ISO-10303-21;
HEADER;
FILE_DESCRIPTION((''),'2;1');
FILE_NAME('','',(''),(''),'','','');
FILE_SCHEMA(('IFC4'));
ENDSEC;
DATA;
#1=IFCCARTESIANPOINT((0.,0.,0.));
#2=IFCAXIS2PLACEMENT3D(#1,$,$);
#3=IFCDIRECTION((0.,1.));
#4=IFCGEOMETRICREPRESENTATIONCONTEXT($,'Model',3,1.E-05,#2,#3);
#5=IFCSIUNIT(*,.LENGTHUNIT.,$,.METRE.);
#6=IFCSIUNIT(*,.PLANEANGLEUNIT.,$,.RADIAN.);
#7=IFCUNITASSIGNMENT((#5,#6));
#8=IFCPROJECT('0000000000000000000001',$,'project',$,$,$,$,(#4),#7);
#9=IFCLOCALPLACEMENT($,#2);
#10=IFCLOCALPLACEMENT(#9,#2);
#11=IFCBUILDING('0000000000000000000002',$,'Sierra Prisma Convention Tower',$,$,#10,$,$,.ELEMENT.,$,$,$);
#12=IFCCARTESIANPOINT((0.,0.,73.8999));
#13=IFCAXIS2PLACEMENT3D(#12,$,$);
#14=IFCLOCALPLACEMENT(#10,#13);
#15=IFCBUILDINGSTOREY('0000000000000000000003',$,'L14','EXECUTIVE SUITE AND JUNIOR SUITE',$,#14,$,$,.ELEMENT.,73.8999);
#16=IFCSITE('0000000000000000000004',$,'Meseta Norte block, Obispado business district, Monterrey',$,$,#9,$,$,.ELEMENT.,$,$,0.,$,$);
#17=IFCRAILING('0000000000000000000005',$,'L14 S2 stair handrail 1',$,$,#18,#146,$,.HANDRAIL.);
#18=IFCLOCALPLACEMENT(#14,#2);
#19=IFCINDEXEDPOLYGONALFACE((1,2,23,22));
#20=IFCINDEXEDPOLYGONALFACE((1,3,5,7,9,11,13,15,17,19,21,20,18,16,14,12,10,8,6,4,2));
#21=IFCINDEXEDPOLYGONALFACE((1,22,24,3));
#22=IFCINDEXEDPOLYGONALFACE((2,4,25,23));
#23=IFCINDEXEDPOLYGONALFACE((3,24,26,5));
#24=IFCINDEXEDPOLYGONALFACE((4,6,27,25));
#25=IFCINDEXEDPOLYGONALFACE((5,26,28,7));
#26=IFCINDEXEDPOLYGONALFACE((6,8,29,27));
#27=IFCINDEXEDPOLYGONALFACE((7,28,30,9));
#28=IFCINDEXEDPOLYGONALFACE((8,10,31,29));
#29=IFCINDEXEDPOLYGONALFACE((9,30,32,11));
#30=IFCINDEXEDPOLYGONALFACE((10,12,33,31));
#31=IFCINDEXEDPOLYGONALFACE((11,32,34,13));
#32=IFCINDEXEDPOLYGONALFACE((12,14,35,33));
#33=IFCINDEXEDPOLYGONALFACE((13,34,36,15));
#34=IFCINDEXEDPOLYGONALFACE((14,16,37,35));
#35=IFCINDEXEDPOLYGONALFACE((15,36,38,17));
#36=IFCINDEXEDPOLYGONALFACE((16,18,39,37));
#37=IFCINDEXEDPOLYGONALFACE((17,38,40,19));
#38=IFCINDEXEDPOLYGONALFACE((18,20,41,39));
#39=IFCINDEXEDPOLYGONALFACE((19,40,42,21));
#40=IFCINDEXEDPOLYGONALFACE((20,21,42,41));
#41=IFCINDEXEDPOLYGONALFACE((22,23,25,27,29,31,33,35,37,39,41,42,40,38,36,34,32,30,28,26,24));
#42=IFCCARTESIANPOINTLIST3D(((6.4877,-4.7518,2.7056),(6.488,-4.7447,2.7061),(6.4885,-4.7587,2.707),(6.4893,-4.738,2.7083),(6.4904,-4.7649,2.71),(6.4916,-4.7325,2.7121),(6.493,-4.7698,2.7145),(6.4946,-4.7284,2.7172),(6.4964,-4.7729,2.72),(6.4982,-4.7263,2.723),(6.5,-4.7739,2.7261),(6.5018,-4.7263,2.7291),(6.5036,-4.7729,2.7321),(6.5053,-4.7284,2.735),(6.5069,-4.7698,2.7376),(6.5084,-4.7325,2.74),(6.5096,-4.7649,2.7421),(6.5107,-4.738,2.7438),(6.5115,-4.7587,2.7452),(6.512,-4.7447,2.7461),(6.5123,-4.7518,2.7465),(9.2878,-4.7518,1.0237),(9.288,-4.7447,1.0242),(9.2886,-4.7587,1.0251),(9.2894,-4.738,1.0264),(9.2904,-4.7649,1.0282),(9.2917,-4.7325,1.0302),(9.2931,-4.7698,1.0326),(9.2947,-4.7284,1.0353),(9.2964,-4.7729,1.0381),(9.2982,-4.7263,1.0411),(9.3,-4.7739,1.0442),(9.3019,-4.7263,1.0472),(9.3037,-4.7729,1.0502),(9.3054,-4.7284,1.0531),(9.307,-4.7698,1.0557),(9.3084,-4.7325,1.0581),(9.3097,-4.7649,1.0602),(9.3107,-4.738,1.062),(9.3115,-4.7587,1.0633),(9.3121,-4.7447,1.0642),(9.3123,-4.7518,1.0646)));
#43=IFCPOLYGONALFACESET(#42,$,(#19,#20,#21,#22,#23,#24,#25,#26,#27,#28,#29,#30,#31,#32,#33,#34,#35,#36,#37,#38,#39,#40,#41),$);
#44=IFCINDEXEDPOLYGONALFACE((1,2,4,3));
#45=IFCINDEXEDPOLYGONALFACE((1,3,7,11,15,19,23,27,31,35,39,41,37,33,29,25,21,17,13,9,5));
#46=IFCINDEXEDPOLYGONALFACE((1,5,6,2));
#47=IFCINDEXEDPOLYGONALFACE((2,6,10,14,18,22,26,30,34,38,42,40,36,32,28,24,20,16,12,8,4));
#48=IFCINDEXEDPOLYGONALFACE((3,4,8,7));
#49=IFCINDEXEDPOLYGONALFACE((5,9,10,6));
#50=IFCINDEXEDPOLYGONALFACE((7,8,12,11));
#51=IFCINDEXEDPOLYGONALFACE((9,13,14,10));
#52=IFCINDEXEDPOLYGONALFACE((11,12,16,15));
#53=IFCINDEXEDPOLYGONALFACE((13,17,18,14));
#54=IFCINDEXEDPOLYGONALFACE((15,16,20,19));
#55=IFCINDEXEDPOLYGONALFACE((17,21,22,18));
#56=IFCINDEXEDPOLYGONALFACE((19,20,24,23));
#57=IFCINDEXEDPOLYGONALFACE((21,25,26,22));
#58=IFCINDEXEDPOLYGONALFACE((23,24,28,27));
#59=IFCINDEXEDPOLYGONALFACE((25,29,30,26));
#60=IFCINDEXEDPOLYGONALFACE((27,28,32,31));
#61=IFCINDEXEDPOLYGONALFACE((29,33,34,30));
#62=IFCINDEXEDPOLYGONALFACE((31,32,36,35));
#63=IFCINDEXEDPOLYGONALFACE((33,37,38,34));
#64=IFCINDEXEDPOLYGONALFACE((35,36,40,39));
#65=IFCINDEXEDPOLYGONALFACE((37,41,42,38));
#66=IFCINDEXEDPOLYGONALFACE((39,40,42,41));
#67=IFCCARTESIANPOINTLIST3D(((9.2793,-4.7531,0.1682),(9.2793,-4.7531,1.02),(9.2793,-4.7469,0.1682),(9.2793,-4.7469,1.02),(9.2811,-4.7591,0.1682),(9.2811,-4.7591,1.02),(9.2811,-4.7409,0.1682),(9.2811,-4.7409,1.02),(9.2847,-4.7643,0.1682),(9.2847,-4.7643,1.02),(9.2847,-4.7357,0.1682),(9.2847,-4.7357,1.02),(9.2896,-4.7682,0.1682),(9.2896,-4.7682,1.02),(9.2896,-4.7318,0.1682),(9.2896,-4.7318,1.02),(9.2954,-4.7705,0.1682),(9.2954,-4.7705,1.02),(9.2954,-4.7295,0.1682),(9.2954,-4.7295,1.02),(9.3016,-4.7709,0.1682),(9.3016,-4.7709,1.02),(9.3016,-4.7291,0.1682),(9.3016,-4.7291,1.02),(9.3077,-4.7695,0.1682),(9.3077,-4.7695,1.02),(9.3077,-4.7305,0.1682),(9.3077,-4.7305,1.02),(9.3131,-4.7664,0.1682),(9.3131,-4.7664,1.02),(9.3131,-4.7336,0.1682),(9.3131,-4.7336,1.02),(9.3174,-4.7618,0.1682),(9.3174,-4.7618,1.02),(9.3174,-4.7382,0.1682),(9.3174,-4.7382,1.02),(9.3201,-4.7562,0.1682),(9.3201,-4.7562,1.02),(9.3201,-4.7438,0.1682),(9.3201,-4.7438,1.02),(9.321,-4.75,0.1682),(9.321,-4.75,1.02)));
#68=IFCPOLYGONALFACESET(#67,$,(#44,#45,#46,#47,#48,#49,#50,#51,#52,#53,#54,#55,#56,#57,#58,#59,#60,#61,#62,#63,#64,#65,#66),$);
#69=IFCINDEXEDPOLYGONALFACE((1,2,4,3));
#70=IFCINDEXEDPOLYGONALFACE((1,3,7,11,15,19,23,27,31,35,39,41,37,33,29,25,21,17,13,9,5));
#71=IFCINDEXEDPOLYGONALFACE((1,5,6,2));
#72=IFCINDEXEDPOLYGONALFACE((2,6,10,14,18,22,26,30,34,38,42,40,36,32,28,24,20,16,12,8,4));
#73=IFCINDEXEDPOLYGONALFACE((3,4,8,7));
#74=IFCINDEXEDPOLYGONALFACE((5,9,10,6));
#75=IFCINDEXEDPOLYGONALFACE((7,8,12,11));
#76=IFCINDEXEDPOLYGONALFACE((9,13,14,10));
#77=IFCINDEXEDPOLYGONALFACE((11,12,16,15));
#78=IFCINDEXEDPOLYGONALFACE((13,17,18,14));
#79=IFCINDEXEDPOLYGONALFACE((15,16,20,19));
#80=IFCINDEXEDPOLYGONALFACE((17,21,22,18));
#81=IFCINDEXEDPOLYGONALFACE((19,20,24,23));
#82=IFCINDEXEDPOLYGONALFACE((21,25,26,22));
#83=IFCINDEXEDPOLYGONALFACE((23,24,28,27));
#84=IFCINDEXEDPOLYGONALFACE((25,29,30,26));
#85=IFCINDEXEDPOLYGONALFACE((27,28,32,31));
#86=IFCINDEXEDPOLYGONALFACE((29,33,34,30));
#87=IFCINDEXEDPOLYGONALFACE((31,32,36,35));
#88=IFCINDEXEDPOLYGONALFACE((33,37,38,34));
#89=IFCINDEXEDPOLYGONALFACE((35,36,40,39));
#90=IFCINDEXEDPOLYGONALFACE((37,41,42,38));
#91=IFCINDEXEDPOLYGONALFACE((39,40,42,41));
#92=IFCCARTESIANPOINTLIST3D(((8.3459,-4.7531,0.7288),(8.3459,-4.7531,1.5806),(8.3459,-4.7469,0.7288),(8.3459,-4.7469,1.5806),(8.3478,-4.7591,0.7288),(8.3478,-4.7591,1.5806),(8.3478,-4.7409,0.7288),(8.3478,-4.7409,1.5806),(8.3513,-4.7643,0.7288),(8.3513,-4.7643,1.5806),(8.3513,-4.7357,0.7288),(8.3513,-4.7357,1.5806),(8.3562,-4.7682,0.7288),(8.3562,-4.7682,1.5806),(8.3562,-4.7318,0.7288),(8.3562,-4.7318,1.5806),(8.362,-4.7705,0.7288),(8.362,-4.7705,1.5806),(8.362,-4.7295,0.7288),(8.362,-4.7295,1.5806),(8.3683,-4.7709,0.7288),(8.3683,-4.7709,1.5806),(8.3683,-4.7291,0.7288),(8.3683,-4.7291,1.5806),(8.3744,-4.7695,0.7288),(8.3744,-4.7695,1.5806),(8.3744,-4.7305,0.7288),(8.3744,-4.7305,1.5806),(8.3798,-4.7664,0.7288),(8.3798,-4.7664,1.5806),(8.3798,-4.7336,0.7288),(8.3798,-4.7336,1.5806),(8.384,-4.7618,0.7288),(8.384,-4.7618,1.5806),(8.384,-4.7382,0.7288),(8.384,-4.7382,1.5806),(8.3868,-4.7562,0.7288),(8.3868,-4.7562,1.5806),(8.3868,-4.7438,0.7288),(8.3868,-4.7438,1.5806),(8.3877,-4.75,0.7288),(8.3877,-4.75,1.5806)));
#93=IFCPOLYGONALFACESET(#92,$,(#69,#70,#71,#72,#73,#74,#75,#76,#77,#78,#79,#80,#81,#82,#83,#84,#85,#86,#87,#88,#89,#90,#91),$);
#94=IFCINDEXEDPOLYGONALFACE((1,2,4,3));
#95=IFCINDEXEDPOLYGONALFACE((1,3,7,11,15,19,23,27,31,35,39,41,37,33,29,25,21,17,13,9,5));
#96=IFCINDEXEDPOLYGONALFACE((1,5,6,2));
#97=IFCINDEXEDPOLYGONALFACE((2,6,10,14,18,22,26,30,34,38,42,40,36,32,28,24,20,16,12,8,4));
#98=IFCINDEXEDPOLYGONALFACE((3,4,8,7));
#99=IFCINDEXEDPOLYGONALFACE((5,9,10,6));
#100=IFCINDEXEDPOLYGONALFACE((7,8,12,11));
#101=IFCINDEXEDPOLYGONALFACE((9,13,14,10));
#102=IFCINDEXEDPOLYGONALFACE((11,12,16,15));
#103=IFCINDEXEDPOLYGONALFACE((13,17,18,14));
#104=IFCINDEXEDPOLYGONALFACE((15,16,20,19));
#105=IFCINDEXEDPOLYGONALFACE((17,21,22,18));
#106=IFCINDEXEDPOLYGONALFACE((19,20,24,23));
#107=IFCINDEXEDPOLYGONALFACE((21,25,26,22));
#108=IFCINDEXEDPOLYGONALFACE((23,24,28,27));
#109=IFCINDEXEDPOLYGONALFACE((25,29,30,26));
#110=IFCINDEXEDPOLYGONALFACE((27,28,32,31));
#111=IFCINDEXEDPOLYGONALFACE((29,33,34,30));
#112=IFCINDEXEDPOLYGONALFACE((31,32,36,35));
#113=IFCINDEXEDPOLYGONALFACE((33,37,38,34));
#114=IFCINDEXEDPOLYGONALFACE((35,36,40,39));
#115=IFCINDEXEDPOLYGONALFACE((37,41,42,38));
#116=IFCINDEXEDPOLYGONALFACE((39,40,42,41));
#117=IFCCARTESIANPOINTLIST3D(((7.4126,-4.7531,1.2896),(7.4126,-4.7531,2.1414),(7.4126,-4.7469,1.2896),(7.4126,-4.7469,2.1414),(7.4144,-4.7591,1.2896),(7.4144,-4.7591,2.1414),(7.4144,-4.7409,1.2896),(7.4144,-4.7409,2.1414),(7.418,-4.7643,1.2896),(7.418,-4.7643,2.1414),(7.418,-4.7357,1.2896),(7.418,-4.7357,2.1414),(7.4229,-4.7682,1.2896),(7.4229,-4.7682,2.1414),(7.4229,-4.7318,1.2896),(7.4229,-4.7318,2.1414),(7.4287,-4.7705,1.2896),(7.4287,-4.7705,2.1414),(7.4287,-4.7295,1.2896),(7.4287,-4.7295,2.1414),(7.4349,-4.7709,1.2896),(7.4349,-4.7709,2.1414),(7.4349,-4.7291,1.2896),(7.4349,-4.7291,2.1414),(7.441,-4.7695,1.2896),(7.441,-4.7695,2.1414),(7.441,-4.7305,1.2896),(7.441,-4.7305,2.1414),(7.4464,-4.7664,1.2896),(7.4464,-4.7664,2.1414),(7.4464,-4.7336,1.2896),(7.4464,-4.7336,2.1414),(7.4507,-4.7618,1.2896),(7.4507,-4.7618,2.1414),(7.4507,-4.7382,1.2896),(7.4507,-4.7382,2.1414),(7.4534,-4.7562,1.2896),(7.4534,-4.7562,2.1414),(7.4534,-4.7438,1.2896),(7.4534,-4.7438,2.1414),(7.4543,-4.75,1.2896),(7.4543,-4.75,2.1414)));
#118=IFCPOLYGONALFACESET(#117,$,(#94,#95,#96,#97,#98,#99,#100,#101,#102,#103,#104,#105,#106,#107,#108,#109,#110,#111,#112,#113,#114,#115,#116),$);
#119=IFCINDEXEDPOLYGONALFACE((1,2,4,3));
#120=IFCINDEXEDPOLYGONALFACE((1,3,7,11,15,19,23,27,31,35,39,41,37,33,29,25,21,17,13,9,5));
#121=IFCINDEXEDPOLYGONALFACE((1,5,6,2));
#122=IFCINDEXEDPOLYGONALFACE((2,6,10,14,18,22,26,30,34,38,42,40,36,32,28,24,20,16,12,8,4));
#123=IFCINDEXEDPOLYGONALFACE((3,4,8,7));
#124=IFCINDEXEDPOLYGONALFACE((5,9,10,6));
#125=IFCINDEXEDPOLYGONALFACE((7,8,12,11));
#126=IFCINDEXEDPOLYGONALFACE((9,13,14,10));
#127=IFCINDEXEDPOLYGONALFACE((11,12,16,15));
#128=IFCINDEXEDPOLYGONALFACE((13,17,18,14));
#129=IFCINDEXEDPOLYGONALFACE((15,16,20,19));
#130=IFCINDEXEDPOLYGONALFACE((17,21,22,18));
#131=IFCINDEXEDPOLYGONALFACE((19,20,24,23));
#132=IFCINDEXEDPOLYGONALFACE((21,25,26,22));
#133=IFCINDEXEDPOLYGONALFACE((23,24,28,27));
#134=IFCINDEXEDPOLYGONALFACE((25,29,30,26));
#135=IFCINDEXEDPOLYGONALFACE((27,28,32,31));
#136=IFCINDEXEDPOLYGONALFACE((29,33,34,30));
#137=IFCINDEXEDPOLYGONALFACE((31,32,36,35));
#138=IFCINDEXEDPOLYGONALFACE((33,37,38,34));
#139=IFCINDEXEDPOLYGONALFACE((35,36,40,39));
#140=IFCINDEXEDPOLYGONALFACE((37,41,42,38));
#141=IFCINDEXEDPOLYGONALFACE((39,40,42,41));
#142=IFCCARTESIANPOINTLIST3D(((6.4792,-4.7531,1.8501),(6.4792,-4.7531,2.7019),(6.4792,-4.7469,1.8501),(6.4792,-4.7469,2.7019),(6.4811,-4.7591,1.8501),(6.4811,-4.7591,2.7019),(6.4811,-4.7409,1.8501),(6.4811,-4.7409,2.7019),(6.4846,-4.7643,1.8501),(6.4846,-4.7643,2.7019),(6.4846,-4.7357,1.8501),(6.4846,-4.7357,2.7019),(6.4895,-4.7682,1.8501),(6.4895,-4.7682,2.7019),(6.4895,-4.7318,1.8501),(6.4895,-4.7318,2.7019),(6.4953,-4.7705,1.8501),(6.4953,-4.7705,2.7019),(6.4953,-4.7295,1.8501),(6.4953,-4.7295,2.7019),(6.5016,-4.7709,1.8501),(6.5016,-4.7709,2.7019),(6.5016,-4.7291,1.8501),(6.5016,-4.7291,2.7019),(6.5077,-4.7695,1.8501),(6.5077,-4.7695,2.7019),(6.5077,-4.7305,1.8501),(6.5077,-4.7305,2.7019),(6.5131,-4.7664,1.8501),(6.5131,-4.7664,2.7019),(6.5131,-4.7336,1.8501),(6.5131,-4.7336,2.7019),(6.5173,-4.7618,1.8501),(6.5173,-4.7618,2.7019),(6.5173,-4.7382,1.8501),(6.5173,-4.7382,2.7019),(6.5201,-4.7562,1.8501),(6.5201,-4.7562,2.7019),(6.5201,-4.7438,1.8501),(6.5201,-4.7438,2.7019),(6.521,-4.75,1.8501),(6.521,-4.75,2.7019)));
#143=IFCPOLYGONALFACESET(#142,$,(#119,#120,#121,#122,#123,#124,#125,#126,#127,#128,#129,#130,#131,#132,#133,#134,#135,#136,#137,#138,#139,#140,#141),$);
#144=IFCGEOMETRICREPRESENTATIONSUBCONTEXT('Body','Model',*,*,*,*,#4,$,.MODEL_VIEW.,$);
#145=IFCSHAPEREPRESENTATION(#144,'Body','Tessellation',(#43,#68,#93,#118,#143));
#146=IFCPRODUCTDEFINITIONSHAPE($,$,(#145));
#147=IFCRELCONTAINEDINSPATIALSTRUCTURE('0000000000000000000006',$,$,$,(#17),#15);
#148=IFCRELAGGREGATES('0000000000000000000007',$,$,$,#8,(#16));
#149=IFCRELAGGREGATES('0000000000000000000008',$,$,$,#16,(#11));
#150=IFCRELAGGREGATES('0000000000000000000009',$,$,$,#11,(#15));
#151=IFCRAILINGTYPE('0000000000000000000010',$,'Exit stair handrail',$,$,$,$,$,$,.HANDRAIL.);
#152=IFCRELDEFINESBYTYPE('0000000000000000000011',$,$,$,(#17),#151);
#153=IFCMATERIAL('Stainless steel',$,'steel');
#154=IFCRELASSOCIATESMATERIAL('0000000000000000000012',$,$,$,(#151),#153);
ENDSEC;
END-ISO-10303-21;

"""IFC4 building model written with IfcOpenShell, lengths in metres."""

from ifc_helpers import new_model, si_unit, direction, frame, origin, origin_2d, place, context, subcontext, project, spatial, circle, extrude, material, type_object, element, save


model = new_model("IFC4")

# Units and contexts
model_context = context("Model", 3, precision=1e-05, world=origin(), true_north=direction((0.0, 1.0)))
body_context = subcontext(model_context, "Body", "Model", "MODEL_VIEW")
ifc_project = project(units=[si_unit("LENGTHUNIT", "METRE"), si_unit("PLANEANGLEUNIT", "RADIAN")], contexts=[model_context])

# Site, building, storey
site_placement = place(None, origin())
site = spatial("IfcSite", under=ifc_project, at=site_placement, Name="Meseta Norte block, Obispado business district, Monterrey", CompositionType="ELEMENT", RefElevation=0.0)
building_placement = place(site_placement, origin())
building = spatial("IfcBuilding", under=site, at=building_placement, Name="Sierra Prisma Convention Tower", CompositionType="ELEMENT")
storey_placement = place(building_placement, frame((0.0, 0.0, 73.8999)))
storey = spatial("IfcBuildingStorey", under=building, at=storey_placement, Name="L14", Description="EXECUTIVE SUITE AND JUNIOR SUITE", CompositionType="ELEMENT", Elevation=73.8999)

# Railing
ifc_material_1 = material(Name="Stainless steel", Category="steel")
railing_type_1 = type_object("IfcRailingType", Name="Exit stair handrail", PredefinedType="HANDRAIL", material=ifc_material_1)
railing_1_placement = place(storey_placement, frame((9.3, -4.75, 0.1682)))
element("IfcRailing", 1, at=railing_1_placement, inside=storey, type_object=railing_type_1, Name="L14 S2 stair handrail 1", PredefinedType="HANDRAIL", context=body_context, shape_type="SweptSolid", body=[
    extrude(circle(Radius=0.0239, at=origin_2d()), frame((0.0, 0.0, 0.876), z_axis=(-0.857242, 0.0, 0.514913), x_axis=(0.0, -1.0, 0.0)), (0.0, 0.0, 1.0), 3.2664),
    extrude(circle(Radius=0.021, at=origin_2d()), origin(), (0.0, 0.0, 1.0), 0.8518),
    extrude(circle(Radius=0.021, at=origin_2d()), frame((-0.9333, 0.0, 0.5605)), (0.0, 0.0, 1.0), 0.8518),
    extrude(circle(Radius=0.021, at=origin_2d()), frame((-1.8667, 0.0, 1.1213)), (0.0, 0.0, 1.0), 0.8518),
    extrude(circle(Radius=0.021, at=origin_2d()), frame((-2.8, 0.0, 1.6819)), (0.0, 0.0, 1.0), 0.8518),
])

save(model, "model.ifc")
